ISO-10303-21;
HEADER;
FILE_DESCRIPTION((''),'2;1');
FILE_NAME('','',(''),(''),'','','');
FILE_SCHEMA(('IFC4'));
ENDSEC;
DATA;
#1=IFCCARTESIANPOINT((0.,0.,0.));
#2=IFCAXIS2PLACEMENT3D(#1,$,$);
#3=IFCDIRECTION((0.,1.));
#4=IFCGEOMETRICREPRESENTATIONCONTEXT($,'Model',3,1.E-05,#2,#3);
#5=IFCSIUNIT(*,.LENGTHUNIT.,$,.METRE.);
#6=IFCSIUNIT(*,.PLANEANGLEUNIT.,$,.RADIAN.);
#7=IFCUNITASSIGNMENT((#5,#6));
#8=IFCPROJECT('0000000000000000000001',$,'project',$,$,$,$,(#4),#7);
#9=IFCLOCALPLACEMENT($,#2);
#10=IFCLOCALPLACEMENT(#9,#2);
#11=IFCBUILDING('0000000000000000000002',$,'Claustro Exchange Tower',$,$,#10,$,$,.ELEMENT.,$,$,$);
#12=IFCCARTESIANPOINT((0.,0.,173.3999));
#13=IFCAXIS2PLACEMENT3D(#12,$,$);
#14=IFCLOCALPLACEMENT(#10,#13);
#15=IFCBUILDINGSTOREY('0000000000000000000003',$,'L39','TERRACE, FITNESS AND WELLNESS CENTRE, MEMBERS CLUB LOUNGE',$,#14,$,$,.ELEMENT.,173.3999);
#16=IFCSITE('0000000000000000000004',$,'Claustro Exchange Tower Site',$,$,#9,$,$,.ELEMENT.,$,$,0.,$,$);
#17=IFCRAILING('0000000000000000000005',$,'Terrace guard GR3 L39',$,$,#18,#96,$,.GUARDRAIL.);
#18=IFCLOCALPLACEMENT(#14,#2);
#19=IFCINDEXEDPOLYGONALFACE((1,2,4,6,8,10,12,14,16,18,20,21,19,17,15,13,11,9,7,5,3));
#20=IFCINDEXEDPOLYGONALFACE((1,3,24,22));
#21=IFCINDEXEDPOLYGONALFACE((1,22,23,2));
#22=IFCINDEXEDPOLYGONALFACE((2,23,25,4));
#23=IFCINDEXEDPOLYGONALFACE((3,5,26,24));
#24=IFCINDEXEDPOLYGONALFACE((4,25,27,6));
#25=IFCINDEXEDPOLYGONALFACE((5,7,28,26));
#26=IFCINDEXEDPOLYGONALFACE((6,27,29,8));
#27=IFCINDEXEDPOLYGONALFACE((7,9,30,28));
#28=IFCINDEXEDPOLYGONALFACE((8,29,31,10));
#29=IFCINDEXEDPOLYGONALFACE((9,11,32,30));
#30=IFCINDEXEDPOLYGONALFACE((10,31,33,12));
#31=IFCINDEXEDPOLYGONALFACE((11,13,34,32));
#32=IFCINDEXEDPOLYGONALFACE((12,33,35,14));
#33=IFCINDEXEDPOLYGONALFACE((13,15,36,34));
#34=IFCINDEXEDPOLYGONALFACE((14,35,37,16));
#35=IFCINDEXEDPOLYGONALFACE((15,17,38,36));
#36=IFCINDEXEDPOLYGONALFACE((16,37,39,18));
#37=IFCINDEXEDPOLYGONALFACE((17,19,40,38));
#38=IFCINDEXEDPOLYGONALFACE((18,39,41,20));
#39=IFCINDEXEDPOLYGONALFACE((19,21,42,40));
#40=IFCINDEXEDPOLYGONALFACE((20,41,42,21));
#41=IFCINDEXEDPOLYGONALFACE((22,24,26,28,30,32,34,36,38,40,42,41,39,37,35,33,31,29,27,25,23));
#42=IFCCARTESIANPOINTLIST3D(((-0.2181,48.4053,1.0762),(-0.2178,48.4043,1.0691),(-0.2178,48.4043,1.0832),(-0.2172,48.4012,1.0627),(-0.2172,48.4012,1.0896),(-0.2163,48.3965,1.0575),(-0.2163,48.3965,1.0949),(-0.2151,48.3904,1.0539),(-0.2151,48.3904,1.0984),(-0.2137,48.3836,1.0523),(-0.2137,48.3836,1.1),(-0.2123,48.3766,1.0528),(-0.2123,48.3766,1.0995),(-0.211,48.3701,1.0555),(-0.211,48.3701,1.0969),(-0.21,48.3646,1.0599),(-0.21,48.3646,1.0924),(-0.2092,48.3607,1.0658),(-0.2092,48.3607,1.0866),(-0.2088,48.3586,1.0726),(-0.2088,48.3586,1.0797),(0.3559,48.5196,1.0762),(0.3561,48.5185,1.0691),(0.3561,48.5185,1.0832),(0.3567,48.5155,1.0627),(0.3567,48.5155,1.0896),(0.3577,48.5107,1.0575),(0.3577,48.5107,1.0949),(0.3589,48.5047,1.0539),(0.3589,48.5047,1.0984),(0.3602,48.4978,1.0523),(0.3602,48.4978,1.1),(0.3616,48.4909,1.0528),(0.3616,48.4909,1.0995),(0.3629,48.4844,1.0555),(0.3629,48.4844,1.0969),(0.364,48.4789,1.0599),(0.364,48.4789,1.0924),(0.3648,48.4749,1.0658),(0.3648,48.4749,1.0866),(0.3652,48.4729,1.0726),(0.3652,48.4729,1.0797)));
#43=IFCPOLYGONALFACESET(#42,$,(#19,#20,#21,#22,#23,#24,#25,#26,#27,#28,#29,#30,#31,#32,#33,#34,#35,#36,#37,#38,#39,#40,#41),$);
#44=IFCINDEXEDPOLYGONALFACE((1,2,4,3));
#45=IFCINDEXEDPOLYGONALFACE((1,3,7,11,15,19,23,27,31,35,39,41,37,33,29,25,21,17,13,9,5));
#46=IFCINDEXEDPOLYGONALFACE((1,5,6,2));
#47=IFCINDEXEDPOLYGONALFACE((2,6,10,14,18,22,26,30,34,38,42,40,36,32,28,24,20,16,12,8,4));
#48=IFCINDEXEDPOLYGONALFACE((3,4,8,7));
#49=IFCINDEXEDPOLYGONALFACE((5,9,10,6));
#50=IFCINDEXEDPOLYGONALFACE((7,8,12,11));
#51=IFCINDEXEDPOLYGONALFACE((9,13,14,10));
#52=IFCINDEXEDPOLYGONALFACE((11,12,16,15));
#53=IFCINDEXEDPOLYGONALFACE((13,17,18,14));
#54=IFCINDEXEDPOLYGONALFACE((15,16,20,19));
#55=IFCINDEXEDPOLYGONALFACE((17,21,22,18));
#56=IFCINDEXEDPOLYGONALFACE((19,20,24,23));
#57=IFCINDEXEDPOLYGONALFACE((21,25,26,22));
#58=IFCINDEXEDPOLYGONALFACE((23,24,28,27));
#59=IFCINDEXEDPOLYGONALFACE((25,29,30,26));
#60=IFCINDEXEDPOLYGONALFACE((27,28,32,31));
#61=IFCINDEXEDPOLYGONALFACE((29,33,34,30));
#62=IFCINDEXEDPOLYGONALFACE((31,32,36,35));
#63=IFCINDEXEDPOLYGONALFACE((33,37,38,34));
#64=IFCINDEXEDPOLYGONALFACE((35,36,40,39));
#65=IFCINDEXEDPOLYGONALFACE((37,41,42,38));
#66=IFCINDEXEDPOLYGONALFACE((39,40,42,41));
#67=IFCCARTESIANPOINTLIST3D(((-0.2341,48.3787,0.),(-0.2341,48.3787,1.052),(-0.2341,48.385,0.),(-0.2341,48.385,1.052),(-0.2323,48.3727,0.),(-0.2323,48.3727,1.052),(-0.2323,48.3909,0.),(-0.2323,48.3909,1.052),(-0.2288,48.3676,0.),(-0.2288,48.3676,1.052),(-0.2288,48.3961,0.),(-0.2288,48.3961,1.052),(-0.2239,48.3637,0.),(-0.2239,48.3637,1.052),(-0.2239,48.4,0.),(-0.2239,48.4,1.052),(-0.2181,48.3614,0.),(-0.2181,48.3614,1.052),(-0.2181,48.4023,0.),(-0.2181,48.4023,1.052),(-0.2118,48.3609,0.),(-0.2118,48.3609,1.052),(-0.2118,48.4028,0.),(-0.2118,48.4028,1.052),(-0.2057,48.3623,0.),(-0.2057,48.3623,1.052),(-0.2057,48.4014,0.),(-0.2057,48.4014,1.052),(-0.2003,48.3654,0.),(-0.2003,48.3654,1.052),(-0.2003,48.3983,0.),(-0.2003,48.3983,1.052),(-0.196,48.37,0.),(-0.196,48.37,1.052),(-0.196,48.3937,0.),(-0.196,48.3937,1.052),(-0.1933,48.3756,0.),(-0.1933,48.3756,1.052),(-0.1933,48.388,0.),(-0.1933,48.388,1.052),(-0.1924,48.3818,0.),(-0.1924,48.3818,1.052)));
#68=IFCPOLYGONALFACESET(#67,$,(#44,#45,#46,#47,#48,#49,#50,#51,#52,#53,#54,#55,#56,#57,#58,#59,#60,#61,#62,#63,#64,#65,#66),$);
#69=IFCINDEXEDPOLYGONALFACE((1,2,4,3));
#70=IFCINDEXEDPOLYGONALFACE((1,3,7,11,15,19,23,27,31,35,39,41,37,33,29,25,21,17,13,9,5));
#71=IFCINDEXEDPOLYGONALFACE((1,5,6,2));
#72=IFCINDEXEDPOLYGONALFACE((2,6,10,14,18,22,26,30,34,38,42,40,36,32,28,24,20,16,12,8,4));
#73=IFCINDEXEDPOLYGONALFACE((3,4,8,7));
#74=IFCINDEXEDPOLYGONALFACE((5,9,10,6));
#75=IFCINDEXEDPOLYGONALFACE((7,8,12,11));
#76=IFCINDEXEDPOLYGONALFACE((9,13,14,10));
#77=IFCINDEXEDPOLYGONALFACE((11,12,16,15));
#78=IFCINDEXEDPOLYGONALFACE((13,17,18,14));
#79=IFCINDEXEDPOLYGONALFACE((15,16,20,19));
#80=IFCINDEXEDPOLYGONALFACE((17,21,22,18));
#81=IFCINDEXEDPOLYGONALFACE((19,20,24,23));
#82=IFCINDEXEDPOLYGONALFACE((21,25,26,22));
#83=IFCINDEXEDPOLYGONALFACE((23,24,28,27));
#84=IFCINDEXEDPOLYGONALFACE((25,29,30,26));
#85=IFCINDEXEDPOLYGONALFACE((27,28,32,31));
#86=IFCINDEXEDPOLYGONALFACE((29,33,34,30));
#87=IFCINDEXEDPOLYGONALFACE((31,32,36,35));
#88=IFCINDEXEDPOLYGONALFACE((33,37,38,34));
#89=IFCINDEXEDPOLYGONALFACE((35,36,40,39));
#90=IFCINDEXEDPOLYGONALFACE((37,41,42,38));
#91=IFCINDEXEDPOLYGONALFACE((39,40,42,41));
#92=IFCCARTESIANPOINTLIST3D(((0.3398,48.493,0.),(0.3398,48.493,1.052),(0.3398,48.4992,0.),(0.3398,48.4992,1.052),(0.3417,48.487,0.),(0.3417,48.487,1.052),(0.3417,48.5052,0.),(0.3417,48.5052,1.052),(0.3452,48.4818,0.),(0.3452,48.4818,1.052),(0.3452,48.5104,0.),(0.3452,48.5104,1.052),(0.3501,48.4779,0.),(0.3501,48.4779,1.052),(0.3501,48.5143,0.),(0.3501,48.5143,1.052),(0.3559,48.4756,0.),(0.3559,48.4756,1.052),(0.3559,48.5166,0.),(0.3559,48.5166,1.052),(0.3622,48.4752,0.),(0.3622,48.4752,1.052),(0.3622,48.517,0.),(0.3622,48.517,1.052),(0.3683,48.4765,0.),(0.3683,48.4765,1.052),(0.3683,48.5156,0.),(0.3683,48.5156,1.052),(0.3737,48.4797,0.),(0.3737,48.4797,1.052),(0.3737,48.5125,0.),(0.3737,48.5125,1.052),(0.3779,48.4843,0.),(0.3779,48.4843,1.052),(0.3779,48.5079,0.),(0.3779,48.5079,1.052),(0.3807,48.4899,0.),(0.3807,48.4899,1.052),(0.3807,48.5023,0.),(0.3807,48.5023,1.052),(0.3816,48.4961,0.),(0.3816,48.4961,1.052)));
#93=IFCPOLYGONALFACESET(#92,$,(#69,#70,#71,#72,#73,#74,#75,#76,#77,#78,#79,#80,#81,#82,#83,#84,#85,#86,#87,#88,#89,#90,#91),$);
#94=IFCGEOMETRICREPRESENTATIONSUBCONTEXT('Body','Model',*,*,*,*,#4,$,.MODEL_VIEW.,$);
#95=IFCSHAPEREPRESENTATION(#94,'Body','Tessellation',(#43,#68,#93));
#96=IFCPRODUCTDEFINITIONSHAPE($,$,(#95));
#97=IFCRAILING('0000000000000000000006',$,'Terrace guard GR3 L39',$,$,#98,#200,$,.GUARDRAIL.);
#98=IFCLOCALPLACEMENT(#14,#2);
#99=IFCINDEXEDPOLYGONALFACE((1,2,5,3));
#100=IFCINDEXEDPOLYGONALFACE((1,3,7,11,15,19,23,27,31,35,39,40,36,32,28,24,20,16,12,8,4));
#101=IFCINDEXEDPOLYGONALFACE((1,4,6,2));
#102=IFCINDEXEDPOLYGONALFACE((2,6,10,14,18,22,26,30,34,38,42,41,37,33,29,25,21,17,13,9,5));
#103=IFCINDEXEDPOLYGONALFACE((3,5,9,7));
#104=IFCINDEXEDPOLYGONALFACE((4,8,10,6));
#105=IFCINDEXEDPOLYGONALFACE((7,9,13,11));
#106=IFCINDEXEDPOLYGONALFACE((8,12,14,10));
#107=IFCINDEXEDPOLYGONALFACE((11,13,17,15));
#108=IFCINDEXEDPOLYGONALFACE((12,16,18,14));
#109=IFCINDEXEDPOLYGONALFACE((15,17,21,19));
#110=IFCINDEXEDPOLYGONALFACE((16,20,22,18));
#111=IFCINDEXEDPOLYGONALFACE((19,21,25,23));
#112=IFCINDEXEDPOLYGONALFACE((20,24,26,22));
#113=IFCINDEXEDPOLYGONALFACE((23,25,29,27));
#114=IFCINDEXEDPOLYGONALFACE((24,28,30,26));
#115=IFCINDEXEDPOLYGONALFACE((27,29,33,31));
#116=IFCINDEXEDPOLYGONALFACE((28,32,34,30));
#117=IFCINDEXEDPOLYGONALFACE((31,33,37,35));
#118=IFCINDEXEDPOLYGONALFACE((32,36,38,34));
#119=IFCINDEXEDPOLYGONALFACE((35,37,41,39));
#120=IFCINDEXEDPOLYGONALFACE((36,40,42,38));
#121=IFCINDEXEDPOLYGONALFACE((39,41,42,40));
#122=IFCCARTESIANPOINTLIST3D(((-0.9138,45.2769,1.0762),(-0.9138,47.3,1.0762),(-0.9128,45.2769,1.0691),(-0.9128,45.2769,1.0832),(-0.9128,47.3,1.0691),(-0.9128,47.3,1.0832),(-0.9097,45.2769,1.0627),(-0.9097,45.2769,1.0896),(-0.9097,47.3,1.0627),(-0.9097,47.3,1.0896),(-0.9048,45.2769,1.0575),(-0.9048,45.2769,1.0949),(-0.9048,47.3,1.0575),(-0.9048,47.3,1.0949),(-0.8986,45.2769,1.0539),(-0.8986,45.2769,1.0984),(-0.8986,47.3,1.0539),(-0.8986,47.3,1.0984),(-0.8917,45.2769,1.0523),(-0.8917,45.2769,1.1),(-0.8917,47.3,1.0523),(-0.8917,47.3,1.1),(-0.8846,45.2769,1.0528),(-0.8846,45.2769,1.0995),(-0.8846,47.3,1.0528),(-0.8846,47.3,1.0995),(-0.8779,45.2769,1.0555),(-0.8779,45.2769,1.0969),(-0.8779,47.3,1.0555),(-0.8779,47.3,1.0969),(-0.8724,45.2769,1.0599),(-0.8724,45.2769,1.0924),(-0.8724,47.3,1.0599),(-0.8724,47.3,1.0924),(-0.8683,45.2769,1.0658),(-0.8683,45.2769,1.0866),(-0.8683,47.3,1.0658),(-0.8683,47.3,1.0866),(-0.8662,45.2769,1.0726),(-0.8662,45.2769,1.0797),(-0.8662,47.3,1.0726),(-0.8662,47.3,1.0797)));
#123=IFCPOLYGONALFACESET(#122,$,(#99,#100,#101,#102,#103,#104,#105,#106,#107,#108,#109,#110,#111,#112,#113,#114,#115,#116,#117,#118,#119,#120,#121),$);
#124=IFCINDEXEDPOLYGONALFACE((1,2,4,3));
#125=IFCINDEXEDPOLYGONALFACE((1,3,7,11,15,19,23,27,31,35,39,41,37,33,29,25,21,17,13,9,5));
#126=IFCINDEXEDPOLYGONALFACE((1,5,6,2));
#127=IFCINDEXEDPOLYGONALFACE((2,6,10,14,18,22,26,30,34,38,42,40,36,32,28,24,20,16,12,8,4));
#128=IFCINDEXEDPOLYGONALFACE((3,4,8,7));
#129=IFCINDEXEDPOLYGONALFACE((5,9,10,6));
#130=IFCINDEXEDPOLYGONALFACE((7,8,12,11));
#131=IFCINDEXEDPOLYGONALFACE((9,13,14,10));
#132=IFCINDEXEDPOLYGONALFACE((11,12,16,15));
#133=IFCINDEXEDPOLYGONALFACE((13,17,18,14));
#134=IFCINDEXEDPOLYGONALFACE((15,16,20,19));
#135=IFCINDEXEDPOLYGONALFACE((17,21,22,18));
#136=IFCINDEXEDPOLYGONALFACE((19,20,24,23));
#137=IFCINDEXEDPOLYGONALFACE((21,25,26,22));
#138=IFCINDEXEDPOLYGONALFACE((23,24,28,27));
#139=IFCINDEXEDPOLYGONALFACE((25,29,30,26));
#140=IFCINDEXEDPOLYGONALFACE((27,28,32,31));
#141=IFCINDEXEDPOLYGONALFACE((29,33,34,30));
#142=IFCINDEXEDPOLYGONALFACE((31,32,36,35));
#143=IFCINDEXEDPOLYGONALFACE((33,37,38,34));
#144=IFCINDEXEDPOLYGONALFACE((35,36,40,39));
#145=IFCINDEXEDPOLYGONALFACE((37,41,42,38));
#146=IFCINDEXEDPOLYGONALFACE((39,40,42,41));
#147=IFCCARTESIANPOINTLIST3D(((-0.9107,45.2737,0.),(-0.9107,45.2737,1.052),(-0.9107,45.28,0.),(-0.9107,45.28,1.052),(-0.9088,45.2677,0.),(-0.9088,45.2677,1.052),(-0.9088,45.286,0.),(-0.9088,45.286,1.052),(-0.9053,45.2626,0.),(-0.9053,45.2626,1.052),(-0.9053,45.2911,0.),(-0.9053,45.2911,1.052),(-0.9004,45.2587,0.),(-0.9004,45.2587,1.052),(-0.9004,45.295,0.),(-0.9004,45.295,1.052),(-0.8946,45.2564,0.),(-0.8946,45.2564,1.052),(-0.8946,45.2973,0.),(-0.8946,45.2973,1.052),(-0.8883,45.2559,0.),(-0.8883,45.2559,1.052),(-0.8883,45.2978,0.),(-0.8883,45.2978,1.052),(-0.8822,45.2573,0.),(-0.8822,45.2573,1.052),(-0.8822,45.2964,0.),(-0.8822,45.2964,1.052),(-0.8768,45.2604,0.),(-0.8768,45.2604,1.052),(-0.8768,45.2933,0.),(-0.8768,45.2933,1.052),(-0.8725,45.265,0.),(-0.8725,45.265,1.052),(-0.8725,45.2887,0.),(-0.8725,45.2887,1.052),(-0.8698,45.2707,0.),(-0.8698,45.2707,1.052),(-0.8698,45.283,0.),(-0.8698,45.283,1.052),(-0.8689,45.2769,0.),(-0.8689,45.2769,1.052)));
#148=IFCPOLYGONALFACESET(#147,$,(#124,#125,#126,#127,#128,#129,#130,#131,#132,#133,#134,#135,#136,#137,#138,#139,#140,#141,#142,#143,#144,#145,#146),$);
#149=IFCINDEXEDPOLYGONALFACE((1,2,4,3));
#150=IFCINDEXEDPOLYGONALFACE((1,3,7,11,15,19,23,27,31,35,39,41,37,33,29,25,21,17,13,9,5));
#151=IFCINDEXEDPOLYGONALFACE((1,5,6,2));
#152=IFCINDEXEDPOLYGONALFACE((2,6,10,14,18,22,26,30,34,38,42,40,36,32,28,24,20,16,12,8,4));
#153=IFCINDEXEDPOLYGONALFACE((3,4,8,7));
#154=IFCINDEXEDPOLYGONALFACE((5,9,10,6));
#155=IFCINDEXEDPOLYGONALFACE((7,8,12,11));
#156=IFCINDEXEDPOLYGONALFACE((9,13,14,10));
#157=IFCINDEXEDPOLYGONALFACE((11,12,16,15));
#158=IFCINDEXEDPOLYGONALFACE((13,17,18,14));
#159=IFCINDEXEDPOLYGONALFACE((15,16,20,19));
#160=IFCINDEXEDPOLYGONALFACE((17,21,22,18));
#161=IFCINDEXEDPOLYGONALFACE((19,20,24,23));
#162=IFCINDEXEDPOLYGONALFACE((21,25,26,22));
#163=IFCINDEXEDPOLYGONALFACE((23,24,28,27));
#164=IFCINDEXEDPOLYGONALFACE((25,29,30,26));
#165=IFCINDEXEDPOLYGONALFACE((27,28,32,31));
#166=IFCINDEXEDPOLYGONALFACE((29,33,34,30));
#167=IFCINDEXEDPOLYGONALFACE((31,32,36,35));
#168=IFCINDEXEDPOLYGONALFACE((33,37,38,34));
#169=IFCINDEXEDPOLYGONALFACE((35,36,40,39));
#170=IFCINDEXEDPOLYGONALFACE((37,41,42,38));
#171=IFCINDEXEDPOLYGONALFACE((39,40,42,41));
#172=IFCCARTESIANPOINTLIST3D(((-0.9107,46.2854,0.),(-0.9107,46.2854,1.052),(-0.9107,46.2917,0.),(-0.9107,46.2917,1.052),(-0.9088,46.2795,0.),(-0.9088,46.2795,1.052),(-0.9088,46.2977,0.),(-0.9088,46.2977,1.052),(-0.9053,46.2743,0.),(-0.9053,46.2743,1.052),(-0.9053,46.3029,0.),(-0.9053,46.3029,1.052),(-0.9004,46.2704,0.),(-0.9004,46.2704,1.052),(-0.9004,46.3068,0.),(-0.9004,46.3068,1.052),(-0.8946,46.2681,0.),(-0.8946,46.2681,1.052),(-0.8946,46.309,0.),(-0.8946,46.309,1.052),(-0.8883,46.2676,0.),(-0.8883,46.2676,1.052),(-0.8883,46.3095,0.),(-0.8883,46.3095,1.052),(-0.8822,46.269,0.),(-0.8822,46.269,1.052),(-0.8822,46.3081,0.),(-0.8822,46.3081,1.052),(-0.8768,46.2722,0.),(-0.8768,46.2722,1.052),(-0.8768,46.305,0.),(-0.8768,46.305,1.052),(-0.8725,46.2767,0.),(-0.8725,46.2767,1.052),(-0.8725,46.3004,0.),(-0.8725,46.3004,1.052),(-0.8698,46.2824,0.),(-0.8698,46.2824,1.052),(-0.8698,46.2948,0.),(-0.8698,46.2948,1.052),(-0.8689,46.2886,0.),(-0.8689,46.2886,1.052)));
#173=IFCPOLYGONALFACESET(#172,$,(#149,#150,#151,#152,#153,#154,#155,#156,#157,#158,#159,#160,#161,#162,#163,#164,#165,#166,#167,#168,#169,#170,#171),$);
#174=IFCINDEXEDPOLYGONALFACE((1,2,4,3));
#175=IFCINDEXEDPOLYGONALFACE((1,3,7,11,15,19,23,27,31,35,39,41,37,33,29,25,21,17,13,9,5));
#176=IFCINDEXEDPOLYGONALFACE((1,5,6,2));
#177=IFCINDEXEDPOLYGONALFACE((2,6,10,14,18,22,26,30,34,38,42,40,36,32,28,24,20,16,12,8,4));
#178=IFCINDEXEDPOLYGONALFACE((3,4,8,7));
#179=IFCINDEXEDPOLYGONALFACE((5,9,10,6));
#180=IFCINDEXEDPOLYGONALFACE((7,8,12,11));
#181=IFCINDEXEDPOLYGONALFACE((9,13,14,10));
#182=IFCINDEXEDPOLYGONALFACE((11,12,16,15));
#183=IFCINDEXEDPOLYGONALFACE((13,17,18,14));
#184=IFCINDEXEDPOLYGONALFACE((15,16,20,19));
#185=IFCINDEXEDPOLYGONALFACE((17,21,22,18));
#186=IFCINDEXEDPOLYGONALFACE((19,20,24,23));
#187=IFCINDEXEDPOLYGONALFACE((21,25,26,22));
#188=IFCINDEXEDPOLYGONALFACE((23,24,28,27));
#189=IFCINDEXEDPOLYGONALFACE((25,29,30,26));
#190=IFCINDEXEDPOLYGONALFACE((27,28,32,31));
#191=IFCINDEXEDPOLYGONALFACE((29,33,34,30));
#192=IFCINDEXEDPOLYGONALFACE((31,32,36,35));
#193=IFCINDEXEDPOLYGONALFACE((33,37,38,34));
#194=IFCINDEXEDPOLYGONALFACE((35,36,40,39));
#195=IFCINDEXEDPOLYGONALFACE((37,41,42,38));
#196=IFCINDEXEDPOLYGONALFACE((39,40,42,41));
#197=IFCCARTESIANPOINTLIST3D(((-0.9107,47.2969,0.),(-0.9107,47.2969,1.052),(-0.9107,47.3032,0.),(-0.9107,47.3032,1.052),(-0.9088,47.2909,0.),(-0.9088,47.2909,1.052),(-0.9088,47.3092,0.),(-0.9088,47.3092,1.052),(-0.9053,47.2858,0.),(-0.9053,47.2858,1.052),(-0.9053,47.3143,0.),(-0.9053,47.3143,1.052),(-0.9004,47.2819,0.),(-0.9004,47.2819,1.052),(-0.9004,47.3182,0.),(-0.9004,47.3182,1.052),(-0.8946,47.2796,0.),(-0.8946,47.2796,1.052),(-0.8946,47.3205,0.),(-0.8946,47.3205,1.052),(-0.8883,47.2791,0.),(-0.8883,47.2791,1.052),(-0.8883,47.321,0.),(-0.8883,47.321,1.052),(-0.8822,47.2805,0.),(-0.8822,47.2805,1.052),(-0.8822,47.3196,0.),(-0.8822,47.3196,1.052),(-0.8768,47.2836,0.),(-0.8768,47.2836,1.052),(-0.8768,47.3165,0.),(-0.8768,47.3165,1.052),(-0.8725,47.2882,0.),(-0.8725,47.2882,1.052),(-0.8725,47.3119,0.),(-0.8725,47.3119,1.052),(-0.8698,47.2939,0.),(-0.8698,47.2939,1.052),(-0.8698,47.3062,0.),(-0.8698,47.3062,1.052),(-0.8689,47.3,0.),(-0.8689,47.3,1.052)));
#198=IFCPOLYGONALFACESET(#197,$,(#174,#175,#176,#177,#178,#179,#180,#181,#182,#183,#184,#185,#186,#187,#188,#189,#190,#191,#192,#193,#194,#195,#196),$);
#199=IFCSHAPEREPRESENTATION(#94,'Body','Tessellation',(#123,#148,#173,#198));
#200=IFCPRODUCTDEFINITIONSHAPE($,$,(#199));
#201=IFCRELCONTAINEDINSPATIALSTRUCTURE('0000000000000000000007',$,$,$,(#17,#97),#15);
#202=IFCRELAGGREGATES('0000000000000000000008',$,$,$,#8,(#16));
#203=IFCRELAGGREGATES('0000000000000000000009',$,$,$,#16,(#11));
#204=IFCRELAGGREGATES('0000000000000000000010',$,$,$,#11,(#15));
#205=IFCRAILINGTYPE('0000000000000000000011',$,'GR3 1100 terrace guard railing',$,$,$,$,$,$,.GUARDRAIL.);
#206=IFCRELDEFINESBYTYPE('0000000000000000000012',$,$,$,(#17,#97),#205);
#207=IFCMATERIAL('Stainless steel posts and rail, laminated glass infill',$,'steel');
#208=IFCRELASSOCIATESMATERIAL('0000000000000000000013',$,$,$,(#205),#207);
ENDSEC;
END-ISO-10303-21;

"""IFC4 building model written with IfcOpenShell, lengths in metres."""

from ifc_helpers import new_model, si_unit, direction, frame, origin, origin_2d, place, context, subcontext, project, spatial, circle, extrude, material, type_object, element, save


model = new_model("IFC4")

# Units and contexts
model_context = context("Model", 3, precision=1e-05, world=origin(), true_north=direction((0.0, 1.0)))
body_context = subcontext(model_context, "Body", "Model", "MODEL_VIEW")
ifc_project = project(units=[si_unit("LENGTHUNIT", "METRE"), si_unit("PLANEANGLEUNIT", "RADIAN")], contexts=[model_context])

# Site, building, storey
site_placement = place(None, origin())
site = spatial("IfcSite", under=ifc_project, at=site_placement, Name="Claustro Exchange Tower Site", CompositionType="ELEMENT", RefElevation=0.0)
building_placement = place(site_placement, origin())
building = spatial("IfcBuilding", under=site, at=building_placement, Name="Claustro Exchange Tower", CompositionType="ELEMENT")
storey_placement = place(building_placement, frame((0.0, 0.0, 173.3999)))
storey = spatial("IfcBuildingStorey", under=building, at=storey_placement, Name="L39", Description="TERRACE, FITNESS AND WELLNESS CENTRE, MEMBERS CLUB LOUNGE", CompositionType="ELEMENT", Elevation=173.3999)

# Railings
ifc_material_1 = material(Name="Stainless steel posts and rail, laminated glass infill", Category="steel")
railing_type = type_object("IfcRailingType", Name="GR3 1100 terrace guard railing", PredefinedType="GUARDRAIL", material=ifc_material_1)
railing_1_placement = place(storey_placement, frame((-0.2134, 48.3818, 0.0)))
element("IfcRailing", 1, at=railing_1_placement, inside=storey, type_object=railing_type, Name="Terrace guard GR3 L39", PredefinedType="GUARDRAIL", context=body_context, shape_type="SweptSolid", body=[
    extrude(circle(Radius=0.0239, at=origin_2d()), frame((0.0, 0.0, 1.0762), z_axis=(0.980757, 0.195234, 0.0), x_axis=(-0.195234, 0.980757, 0.0)), (0.0, 0.0, 1.0), 0.5852),
    extrude(circle(Radius=0.021, at=origin_2d()), origin(), (0.0, 0.0, 1.0), 1.052),
    extrude(circle(Radius=0.021, at=origin_2d()), frame((0.574, 0.1143, 0.0)), (0.0, 0.0, 1.0), 1.052),
])
railing_2_placement = place(storey_placement, frame((-0.8899, 45.2769, 0.0)))
element("IfcRailing", 2, at=railing_2_placement, inside=storey, type_object=railing_type, Name="Terrace guard GR3 L39", PredefinedType="GUARDRAIL", context=body_context, shape_type="SweptSolid", body=[
    extrude(circle(Radius=0.0239, at=origin_2d()), frame((0.0, 0.0, 1.0762), z_axis=(0.0, 1.0, 0.0), x_axis=(-1.0, 0.0, 0.0)), (0.0, 0.0, 1.0), 2.0232),
    extrude(circle(Radius=0.021, at=origin_2d()), origin(), (0.0, 0.0, 1.0), 1.052),
    extrude(circle(Radius=0.021, at=origin_2d()), frame((0.0, 1.0117, 0.0)), (0.0, 0.0, 1.0), 1.052),
    extrude(circle(Radius=0.021, at=origin_2d()), frame((0.0, 2.0232, 0.0)), (0.0, 0.0, 1.0), 1.052),
])

save(model, "model.ifc")
